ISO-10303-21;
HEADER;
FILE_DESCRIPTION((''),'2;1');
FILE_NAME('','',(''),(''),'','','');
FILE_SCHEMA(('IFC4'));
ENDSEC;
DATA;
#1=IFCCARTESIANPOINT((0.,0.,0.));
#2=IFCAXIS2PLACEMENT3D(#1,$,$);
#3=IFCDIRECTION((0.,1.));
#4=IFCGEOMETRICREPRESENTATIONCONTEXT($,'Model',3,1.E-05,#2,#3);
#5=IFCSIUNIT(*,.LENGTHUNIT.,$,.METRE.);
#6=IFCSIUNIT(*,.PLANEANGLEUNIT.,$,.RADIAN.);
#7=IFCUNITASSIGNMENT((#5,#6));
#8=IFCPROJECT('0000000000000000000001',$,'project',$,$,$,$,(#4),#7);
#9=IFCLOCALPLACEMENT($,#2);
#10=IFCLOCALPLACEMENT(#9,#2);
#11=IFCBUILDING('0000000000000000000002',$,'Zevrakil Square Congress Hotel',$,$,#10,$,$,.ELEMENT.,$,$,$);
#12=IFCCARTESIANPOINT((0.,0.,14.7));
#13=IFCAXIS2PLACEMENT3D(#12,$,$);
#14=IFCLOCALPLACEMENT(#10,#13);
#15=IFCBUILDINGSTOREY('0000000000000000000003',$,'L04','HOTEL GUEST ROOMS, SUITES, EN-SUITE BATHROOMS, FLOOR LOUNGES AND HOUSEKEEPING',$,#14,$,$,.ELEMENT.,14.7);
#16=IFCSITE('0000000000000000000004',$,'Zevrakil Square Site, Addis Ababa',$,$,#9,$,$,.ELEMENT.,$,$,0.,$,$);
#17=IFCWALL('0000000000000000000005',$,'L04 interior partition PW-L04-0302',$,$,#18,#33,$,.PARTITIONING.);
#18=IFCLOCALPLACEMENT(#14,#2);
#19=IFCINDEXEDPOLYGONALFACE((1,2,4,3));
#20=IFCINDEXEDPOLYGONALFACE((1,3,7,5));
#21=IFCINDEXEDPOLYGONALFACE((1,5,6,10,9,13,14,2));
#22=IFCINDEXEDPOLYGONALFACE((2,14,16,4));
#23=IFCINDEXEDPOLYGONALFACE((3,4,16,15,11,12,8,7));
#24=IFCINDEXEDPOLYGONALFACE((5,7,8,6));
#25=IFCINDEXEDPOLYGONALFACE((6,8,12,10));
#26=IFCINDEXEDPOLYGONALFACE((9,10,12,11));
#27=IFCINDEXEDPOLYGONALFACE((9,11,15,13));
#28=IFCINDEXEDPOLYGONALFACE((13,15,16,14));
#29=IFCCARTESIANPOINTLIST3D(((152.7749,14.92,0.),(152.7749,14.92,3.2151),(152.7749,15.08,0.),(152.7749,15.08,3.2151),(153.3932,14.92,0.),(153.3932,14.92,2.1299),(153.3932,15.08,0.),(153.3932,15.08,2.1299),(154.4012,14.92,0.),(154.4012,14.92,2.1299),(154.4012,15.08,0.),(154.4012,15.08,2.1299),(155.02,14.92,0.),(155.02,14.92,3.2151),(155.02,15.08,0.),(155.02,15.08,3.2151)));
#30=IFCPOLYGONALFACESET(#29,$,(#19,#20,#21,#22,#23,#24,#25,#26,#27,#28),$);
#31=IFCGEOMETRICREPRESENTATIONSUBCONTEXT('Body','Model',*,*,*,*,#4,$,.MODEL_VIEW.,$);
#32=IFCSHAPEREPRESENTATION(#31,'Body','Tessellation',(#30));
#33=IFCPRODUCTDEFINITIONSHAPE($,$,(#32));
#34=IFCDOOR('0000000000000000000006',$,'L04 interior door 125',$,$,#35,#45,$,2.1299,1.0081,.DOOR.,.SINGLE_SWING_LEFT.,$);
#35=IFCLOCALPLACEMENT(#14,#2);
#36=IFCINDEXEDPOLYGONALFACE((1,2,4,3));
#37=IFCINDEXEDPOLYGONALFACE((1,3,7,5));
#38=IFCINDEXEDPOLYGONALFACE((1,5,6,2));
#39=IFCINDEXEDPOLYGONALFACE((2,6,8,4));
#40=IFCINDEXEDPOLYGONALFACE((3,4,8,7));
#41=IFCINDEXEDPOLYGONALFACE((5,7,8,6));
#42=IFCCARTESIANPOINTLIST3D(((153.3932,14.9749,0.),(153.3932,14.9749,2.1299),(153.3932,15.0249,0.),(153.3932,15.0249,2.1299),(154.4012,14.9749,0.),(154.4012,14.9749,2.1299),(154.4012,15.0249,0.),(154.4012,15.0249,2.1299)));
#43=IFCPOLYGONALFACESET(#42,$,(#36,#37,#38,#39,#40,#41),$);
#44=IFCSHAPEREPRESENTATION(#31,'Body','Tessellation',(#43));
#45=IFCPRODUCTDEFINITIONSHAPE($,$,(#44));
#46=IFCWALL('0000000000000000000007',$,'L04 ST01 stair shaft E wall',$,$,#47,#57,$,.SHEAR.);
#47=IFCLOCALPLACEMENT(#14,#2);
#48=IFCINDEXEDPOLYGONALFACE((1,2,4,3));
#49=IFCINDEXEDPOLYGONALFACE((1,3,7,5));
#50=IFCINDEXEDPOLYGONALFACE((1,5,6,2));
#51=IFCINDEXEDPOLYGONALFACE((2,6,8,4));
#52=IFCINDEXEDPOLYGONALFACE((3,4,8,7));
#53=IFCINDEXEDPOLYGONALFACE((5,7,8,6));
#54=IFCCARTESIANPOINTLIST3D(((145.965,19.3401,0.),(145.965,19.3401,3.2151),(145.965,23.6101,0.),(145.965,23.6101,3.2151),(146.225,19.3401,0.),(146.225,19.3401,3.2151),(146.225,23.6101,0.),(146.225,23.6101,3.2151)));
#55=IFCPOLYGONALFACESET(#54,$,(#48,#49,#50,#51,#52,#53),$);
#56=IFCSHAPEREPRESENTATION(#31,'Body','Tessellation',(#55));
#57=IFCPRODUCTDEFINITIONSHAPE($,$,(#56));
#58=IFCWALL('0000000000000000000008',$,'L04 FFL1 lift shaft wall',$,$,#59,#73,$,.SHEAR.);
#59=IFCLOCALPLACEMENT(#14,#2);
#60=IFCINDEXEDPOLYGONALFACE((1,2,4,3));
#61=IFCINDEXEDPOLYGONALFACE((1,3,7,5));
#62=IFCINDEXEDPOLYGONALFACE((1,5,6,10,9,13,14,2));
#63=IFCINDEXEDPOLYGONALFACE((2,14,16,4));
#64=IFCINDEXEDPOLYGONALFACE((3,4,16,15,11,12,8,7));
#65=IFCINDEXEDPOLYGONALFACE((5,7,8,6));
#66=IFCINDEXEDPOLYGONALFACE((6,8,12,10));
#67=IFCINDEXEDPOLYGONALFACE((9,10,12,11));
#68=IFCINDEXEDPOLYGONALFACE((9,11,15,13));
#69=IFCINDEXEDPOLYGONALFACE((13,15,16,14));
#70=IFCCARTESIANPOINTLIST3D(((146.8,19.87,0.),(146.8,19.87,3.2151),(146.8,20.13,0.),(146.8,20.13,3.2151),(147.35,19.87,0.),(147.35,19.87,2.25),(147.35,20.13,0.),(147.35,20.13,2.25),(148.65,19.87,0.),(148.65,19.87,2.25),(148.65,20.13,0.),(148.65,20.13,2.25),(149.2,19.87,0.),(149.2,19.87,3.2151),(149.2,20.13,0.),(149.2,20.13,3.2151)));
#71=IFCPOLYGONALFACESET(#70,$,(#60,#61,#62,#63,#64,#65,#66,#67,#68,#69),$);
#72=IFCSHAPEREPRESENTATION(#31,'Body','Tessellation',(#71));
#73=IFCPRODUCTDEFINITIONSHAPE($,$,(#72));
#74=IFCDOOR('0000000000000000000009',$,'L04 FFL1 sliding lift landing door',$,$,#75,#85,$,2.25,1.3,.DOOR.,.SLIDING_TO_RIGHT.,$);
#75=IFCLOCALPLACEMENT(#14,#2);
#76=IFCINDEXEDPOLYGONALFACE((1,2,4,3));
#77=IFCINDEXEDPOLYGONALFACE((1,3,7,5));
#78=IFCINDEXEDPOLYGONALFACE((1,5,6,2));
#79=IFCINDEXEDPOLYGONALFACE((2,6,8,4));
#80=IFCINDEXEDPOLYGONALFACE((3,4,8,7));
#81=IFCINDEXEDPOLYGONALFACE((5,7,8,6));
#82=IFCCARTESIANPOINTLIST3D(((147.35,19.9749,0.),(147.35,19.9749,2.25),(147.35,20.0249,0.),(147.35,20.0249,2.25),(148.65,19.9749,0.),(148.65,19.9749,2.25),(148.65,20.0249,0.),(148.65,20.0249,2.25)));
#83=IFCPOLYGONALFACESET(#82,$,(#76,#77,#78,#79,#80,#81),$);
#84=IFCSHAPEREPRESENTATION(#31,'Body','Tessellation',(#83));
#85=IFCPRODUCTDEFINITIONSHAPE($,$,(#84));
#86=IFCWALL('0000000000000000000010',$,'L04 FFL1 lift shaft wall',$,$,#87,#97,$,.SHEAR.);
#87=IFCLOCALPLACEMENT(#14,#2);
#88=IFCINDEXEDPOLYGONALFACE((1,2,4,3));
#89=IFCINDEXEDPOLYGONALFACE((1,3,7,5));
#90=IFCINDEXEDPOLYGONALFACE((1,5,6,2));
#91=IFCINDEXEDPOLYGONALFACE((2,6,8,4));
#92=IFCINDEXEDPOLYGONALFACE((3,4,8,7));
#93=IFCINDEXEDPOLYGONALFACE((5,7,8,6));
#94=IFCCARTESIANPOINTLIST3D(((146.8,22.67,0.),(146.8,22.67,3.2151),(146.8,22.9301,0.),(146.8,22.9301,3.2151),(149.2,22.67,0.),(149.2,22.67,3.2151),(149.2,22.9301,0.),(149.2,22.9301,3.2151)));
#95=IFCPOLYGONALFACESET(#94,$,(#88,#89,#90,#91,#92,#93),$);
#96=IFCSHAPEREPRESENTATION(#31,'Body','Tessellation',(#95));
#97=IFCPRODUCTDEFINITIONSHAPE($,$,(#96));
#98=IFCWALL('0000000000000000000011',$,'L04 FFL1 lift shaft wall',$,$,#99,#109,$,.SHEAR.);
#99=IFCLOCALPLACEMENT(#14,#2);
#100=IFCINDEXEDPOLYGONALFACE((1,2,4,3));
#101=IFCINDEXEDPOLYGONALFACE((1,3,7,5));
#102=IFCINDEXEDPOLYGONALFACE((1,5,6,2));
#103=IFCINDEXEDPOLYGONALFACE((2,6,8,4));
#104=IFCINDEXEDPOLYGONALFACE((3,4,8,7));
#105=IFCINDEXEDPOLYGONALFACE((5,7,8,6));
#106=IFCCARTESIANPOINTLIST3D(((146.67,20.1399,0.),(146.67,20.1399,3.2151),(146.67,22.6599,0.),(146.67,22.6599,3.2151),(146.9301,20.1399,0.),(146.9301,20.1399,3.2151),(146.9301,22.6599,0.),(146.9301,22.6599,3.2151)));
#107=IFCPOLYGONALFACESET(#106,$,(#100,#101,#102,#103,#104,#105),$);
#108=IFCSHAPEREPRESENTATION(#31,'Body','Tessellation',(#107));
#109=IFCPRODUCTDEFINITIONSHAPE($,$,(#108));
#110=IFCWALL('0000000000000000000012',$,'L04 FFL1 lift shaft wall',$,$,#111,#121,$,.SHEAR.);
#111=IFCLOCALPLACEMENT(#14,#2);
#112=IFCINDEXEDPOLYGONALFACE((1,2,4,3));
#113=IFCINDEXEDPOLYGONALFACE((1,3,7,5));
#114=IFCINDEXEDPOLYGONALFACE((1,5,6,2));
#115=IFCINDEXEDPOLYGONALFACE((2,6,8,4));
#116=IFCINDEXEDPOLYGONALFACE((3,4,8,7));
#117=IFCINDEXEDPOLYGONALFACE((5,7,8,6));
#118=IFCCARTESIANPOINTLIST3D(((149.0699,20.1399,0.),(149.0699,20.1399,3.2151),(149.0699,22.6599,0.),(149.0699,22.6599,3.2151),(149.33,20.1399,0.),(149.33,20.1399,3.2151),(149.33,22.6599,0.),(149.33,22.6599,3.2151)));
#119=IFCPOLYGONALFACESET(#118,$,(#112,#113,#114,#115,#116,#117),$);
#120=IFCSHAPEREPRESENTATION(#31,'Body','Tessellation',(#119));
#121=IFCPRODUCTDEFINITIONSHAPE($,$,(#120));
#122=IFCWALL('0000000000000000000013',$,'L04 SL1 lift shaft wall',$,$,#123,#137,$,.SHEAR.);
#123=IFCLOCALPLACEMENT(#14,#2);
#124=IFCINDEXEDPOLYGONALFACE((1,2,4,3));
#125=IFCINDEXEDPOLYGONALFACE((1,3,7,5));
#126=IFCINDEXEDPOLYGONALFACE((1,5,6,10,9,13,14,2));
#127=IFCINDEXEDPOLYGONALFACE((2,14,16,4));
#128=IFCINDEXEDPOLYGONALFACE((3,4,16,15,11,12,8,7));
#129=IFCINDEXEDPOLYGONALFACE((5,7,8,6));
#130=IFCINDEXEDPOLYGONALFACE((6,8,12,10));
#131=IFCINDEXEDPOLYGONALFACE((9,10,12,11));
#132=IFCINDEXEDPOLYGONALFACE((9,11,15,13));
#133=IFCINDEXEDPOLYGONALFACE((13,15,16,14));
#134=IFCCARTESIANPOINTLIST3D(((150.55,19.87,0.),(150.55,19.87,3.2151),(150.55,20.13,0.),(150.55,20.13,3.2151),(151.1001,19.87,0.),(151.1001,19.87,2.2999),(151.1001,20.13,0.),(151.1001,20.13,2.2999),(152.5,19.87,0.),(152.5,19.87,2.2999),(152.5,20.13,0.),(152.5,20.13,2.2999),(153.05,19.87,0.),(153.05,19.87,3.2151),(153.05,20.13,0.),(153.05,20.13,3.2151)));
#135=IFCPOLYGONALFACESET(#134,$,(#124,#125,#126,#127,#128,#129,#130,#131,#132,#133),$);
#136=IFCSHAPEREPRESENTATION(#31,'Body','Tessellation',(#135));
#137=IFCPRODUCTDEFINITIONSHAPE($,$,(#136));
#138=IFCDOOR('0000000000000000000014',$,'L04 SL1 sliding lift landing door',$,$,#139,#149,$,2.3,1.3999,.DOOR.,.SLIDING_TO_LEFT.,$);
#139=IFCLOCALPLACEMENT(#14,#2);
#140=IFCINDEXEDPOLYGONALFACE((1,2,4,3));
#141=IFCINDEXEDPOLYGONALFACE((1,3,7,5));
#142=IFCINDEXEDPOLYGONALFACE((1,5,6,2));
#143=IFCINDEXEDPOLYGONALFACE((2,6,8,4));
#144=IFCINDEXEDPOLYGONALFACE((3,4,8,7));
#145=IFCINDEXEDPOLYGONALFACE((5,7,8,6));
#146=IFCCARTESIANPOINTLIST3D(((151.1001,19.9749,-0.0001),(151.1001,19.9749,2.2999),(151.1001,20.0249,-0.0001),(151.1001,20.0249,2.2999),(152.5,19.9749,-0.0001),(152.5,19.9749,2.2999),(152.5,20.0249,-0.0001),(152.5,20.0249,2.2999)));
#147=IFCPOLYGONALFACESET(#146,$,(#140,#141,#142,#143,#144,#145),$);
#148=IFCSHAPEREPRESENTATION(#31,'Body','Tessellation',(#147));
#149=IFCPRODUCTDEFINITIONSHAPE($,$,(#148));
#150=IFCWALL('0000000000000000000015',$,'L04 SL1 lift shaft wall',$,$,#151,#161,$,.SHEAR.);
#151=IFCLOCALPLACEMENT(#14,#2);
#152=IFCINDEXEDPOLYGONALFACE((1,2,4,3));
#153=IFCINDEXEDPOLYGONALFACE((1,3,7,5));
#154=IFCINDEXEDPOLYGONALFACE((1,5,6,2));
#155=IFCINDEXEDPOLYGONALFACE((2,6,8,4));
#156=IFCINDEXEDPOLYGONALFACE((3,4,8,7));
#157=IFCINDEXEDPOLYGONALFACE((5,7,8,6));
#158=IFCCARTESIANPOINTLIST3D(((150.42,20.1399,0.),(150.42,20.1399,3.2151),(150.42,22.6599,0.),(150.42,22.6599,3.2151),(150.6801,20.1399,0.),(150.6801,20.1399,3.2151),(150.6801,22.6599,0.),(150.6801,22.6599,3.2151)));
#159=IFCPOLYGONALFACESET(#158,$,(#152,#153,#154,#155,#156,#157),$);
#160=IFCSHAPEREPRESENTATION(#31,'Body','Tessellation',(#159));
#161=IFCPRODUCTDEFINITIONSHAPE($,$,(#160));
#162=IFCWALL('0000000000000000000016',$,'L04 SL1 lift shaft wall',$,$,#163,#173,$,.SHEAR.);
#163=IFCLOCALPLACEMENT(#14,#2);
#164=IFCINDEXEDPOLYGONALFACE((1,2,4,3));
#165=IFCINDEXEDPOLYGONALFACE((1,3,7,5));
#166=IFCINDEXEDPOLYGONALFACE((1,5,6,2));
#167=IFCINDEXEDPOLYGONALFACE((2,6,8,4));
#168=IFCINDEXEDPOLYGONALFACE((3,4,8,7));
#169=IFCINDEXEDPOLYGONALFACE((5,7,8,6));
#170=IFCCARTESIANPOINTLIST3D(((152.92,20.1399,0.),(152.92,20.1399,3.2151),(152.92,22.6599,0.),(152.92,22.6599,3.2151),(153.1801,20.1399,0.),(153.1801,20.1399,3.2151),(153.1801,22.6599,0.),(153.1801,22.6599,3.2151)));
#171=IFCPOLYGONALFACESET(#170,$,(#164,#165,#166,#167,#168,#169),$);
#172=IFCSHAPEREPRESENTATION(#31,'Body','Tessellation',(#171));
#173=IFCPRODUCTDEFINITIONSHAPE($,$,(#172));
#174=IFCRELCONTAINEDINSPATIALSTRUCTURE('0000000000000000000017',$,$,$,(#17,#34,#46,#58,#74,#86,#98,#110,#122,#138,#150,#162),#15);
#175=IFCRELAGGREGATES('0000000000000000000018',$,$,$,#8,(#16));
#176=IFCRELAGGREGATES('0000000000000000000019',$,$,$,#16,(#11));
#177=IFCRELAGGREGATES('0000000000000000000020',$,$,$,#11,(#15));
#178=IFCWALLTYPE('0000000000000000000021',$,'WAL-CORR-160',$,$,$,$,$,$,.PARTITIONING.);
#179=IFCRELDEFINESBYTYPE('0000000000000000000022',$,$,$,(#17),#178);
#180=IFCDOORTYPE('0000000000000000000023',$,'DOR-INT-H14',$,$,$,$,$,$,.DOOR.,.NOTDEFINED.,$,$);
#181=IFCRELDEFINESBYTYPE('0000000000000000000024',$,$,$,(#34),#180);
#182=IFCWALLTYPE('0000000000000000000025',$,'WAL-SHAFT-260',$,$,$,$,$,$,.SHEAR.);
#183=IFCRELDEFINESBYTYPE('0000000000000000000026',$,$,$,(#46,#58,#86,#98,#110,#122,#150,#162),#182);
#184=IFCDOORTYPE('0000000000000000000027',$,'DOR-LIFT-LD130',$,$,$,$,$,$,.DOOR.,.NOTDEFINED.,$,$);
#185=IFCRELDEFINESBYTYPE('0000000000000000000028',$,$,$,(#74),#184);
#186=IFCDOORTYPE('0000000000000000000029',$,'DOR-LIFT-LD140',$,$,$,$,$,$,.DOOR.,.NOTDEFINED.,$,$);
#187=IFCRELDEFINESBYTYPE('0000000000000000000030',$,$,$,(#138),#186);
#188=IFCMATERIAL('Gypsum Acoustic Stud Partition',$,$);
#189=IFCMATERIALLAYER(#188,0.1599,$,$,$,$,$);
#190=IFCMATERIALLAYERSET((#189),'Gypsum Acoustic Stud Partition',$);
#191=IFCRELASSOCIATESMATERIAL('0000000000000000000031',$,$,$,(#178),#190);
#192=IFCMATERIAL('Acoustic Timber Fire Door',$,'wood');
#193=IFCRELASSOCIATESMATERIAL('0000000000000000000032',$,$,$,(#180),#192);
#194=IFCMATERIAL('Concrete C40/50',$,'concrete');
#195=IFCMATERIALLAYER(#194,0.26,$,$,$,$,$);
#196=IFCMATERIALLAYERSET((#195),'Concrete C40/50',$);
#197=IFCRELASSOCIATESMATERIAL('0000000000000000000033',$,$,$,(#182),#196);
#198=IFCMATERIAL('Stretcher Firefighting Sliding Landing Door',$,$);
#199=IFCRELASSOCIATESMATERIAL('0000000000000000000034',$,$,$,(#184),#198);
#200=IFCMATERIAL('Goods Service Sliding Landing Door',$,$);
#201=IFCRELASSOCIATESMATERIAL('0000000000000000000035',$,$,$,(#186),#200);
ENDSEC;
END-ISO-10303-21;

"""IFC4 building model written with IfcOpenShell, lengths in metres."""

from ifc_helpers import new_model, si_unit, direction, frame, frame_2d, origin, place, context, subcontext, project, spatial, rectangle, extrude, material, layer, layer_set, type_object, element, fill, save


model = new_model("IFC4")

# Units and contexts
model_context = context("Model", 3, precision=1e-05, world=origin(), true_north=direction((0.0, 1.0)))
body_context = subcontext(model_context, "Body", "Model", "MODEL_VIEW")
ifc_project = project(units=[si_unit("LENGTHUNIT", "METRE"), si_unit("PLANEANGLEUNIT", "RADIAN")], contexts=[model_context])

# Site, building, storey
site_placement = place(None, origin())
site = spatial("IfcSite", under=ifc_project, at=site_placement, Name="Zevrakil Square Site, Addis Ababa", CompositionType="ELEMENT", RefElevation=0.0)
building_placement = place(site_placement, origin())
building = spatial("IfcBuilding", under=site, at=building_placement, Name="Zevrakil Square Congress Hotel", CompositionType="ELEMENT")
storey_placement = place(building_placement, frame((0.0, 0.0, 14.7)))
storey = spatial("IfcBuildingStorey", under=building, at=storey_placement, Name="L04", Description="HOTEL GUEST ROOMS, SUITES, EN-SUITE BATHROOMS, FLOOR LOUNGES AND HOUSEKEEPING", CompositionType="ELEMENT", Elevation=14.7)

# Wall, opening, door
ifc_material_1 = material(Name="Gypsum Acoustic Stud Partition")
ifc_layer_1 = layer(ifc_material_1, 0.1599)
ifc_layer_set_1 = layer_set([ifc_layer_1], Name="Gypsum Acoustic Stud Partition")
wall_type_1 = type_object("IfcWallType", Name="WAL-CORR-160", PredefinedType="PARTITIONING", material=ifc_layer_set_1)
wall_1_placement = place(storey_placement, frame((152.7749, 15.0, 0.0), z_axis=(0.0, 0.0, 1.0), x_axis=(1.0, 0.0, 0.0)))
wall_1 = element("IfcWall", 1, at=wall_1_placement, inside=storey, type_object=wall_type_1, Name="L04 interior partition PW-L04-0302", PredefinedType="PARTITIONING", context=body_context, shape_type="SweptSolid", body=[
    extrude(rectangle(XDim=2.2451, YDim=0.1599, at=frame_2d((1.1226, 0.0))), origin(), (0.0, 0.0, 1.0), 3.2151),
])
opening_1_placement = place(wall_1_placement, frame((0.6184, 0.0, 0.0)))
opening_1 = element("IfcOpeningElement", 2, at=opening_1_placement, cuts=wall_1, PredefinedType="OPENING", context=body_context, shape_type="SweptSolid", body=[
    extrude(rectangle(XDim=1.0081, YDim=2.1299, at=frame_2d((0.5039, 1.0649))), frame((0.0, 0.0898, 0.0), z_axis=(0.0, -1.0, 0.0), x_axis=(1.0, 0.0, 0.0)), (0.0, 0.0, 1.0), 0.1799),
])
ifc_material_2 = material(Name="Acoustic Timber Fire Door", Category="wood")
door_type_1 = type_object("IfcDoorType", Name="DOR-INT-H14", OperationType="NOTDEFINED", PredefinedType="DOOR", material=ifc_material_2)
door_1_placement = place(opening_1_placement, origin())
door_1 = element("IfcDoor", 3, at=door_1_placement, inside=storey, type_object=door_type_1, Name="L04 interior door 125", OperationType="SINGLE_SWING_LEFT", OverallHeight=2.1299, OverallWidth=1.0081, PredefinedType="DOOR", context=body_context, shape_type="SweptSolid", body=[
    extrude(rectangle(XDim=1.0081, YDim=2.1299, at=frame_2d((0.5039, 1.0649))), frame((0.0, 0.0249, 0.0), z_axis=(0.0, -1.0, 0.0), x_axis=(1.0, 0.0, 0.0)), (0.0, 0.0, 1.0), 0.05),
])
fill(opening_1, door_1)

# Wall
ifc_material_3 = material(Name="Concrete C40/50", Category="concrete")
ifc_layer_2 = layer(ifc_material_3, 0.26)
ifc_layer_set_2 = layer_set([ifc_layer_2], Name="Concrete C40/50")
wall_type_2 = type_object("IfcWallType", Name="WAL-SHAFT-260", PredefinedType="SHEAR", material=ifc_layer_set_2)
wall_2_placement = place(storey_placement, frame((146.095, 19.3401, 0.0), z_axis=(0.0, 0.0, 1.0), x_axis=(0.0, 1.0, 0.0)))
element("IfcWall", 4, at=wall_2_placement, inside=storey, type_object=wall_type_2, Name="L04 ST01 stair shaft E wall", PredefinedType="SHEAR", context=body_context, shape_type="SweptSolid", body=[
    extrude(rectangle(XDim=4.27, YDim=0.26, at=frame_2d((2.135, 0.0))), origin(), (0.0, 0.0, 1.0), 3.2151),
])

# Wall, opening, door
wall_3_placement = place(storey_placement, frame((146.8, 20.0, 0.0), z_axis=(0.0, 0.0, 1.0), x_axis=(1.0, 0.0, 0.0)))
wall_3 = element("IfcWall", 5, at=wall_3_placement, inside=storey, type_object=wall_type_2, Name="L04 FFL1 lift shaft wall", PredefinedType="SHEAR", context=body_context, shape_type="SweptSolid", body=[
    extrude(rectangle(XDim=2.3999, YDim=0.26, at=frame_2d((1.2, 0.0))), origin(), (0.0, 0.0, 1.0), 3.2151),
])
opening_2_placement = place(wall_3_placement, frame((0.55, 0.0, 0.0)))
opening_2 = element("IfcOpeningElement", 6, at=opening_2_placement, cuts=wall_3, PredefinedType="OPENING", context=body_context, shape_type="SweptSolid", body=[
    extrude(rectangle(XDim=1.3, YDim=2.25, at=frame_2d((0.6499, 1.125))), frame((0.0, 0.1401, 0.0), z_axis=(0.0, -1.0, 0.0), x_axis=(1.0, 0.0, 0.0)), (0.0, 0.0, 1.0), 0.28),
])
ifc_material_4 = material(Name="Stretcher Firefighting Sliding Landing Door")
door_type_2 = type_object("IfcDoorType", Name="DOR-LIFT-LD130", OperationType="NOTDEFINED", PredefinedType="DOOR", material=ifc_material_4)
door_2_placement = place(opening_2_placement, origin())
door_2 = element("IfcDoor", 7, at=door_2_placement, inside=storey, type_object=door_type_2, Name="L04 FFL1 sliding lift landing door", OperationType="SLIDING_TO_RIGHT", OverallHeight=2.25, OverallWidth=1.3, PredefinedType="DOOR", context=body_context, shape_type="SweptSolid", body=[
    extrude(rectangle(XDim=1.3, YDim=2.25, at=frame_2d((0.6499, 1.125))), frame((0.0, 0.0249, 0.0), z_axis=(0.0, -1.0, 0.0), x_axis=(1.0, 0.0, 0.0)), (0.0, 0.0, 1.0), 0.05),
])
fill(opening_2, door_2)

# Walls
wall_4_placement = place(storey_placement, frame((146.8, 22.8, 0.0), z_axis=(0.0, 0.0, 1.0), x_axis=(1.0, 0.0, 0.0)))
element("IfcWall", 8, at=wall_4_placement, inside=storey, type_object=wall_type_2, Name="L04 FFL1 lift shaft wall", PredefinedType="SHEAR", context=body_context, shape_type="SweptSolid", body=[
    extrude(rectangle(XDim=2.3999, YDim=0.26, at=frame_2d((1.2, 0.0))), origin(), (0.0, 0.0, 1.0), 3.2151),
])
for number, where, z_axis, x_axis, name in (
    (9, (146.8, 20.1399, 0.0), (0.0, 0.0, 1.0), (0.0, 1.0, 0.0), "L04 FFL1 lift shaft wall"),
    (10, (149.2, 20.1399, 0.0), (0.0, 0.0, 1.0), (0.0, 1.0, 0.0), "L04 FFL1 lift shaft wall"),
):
    element("IfcWall", number, at=place(storey_placement, frame(where, z_axis=z_axis, x_axis=x_axis)), inside=storey, type_object=wall_type_2, Name=name, PredefinedType="SHEAR", context=body_context, shape_type="SweptSolid", body=[
        extrude(rectangle(XDim=2.52, YDim=0.26, at=frame_2d((1.26, 0.0))), origin(), (0.0, 0.0, 1.0), 3.2151),
    ])

# Wall, opening, door
wall_5_placement = place(storey_placement, frame((150.55, 20.0, 0.0), z_axis=(0.0, 0.0, 1.0), x_axis=(1.0, 0.0, 0.0)))
wall_5 = element("IfcWall", 11, at=wall_5_placement, inside=storey, type_object=wall_type_2, Name="L04 SL1 lift shaft wall", PredefinedType="SHEAR", context=body_context, shape_type="SweptSolid", body=[
    extrude(rectangle(XDim=2.5, YDim=0.26, at=frame_2d((1.25, 0.0))), origin(), (0.0, 0.0, 1.0), 3.2151),
])
opening_3_placement = place(wall_5_placement, frame((0.55, 0.0, 0.0)))
opening_3 = element("IfcOpeningElement", 12, at=opening_3_placement, cuts=wall_5, PredefinedType="OPENING", context=body_context, shape_type="SweptSolid", body=[
    extrude(rectangle(XDim=1.3999, YDim=2.3, at=frame_2d((0.7, 1.1499))), frame((0.0, 0.1401, 0.0), z_axis=(0.0, -1.0, 0.0), x_axis=(1.0, 0.0, 0.0)), (0.0, 0.0, 1.0), 0.28),
])
ifc_material_5 = material(Name="Goods Service Sliding Landing Door")
door_type_3 = type_object("IfcDoorType", Name="DOR-LIFT-LD140", OperationType="NOTDEFINED", PredefinedType="DOOR", material=ifc_material_5)
door_3_placement = place(opening_3_placement, origin())
door_3 = element("IfcDoor", 13, at=door_3_placement, inside=storey, type_object=door_type_3, Name="L04 SL1 sliding lift landing door", OperationType="SLIDING_TO_LEFT", OverallHeight=2.3, OverallWidth=1.3999, PredefinedType="DOOR", context=body_context, shape_type="SweptSolid", body=[
    extrude(rectangle(XDim=1.3999, YDim=2.3, at=frame_2d((0.7, 1.1499))), frame((0.0, 0.0249, 0.0), z_axis=(0.0, -1.0, 0.0), x_axis=(1.0, 0.0, 0.0)), (0.0, 0.0, 1.0), 0.05),
])
fill(opening_3, door_3)

# Walls
for number, where, z_axis, x_axis, name in (
    (14, (150.55, 20.1399, 0.0), (0.0, 0.0, 1.0), (0.0, 1.0, 0.0), "L04 SL1 lift shaft wall"),
    (15, (153.05, 20.1399, 0.0), (0.0, 0.0, 1.0), (0.0, 1.0, 0.0), "L04 SL1 lift shaft wall"),
):
    element("IfcWall", number, at=place(storey_placement, frame(where, z_axis=z_axis, x_axis=x_axis)), inside=storey, type_object=wall_type_2, Name=name, PredefinedType="SHEAR", context=body_context, shape_type="SweptSolid", body=[
        extrude(rectangle(XDim=2.52, YDim=0.26, at=frame_2d((1.26, 0.0))), origin(), (0.0, 0.0, 1.0), 3.2151),
    ])

save(model, "model.ifc")
